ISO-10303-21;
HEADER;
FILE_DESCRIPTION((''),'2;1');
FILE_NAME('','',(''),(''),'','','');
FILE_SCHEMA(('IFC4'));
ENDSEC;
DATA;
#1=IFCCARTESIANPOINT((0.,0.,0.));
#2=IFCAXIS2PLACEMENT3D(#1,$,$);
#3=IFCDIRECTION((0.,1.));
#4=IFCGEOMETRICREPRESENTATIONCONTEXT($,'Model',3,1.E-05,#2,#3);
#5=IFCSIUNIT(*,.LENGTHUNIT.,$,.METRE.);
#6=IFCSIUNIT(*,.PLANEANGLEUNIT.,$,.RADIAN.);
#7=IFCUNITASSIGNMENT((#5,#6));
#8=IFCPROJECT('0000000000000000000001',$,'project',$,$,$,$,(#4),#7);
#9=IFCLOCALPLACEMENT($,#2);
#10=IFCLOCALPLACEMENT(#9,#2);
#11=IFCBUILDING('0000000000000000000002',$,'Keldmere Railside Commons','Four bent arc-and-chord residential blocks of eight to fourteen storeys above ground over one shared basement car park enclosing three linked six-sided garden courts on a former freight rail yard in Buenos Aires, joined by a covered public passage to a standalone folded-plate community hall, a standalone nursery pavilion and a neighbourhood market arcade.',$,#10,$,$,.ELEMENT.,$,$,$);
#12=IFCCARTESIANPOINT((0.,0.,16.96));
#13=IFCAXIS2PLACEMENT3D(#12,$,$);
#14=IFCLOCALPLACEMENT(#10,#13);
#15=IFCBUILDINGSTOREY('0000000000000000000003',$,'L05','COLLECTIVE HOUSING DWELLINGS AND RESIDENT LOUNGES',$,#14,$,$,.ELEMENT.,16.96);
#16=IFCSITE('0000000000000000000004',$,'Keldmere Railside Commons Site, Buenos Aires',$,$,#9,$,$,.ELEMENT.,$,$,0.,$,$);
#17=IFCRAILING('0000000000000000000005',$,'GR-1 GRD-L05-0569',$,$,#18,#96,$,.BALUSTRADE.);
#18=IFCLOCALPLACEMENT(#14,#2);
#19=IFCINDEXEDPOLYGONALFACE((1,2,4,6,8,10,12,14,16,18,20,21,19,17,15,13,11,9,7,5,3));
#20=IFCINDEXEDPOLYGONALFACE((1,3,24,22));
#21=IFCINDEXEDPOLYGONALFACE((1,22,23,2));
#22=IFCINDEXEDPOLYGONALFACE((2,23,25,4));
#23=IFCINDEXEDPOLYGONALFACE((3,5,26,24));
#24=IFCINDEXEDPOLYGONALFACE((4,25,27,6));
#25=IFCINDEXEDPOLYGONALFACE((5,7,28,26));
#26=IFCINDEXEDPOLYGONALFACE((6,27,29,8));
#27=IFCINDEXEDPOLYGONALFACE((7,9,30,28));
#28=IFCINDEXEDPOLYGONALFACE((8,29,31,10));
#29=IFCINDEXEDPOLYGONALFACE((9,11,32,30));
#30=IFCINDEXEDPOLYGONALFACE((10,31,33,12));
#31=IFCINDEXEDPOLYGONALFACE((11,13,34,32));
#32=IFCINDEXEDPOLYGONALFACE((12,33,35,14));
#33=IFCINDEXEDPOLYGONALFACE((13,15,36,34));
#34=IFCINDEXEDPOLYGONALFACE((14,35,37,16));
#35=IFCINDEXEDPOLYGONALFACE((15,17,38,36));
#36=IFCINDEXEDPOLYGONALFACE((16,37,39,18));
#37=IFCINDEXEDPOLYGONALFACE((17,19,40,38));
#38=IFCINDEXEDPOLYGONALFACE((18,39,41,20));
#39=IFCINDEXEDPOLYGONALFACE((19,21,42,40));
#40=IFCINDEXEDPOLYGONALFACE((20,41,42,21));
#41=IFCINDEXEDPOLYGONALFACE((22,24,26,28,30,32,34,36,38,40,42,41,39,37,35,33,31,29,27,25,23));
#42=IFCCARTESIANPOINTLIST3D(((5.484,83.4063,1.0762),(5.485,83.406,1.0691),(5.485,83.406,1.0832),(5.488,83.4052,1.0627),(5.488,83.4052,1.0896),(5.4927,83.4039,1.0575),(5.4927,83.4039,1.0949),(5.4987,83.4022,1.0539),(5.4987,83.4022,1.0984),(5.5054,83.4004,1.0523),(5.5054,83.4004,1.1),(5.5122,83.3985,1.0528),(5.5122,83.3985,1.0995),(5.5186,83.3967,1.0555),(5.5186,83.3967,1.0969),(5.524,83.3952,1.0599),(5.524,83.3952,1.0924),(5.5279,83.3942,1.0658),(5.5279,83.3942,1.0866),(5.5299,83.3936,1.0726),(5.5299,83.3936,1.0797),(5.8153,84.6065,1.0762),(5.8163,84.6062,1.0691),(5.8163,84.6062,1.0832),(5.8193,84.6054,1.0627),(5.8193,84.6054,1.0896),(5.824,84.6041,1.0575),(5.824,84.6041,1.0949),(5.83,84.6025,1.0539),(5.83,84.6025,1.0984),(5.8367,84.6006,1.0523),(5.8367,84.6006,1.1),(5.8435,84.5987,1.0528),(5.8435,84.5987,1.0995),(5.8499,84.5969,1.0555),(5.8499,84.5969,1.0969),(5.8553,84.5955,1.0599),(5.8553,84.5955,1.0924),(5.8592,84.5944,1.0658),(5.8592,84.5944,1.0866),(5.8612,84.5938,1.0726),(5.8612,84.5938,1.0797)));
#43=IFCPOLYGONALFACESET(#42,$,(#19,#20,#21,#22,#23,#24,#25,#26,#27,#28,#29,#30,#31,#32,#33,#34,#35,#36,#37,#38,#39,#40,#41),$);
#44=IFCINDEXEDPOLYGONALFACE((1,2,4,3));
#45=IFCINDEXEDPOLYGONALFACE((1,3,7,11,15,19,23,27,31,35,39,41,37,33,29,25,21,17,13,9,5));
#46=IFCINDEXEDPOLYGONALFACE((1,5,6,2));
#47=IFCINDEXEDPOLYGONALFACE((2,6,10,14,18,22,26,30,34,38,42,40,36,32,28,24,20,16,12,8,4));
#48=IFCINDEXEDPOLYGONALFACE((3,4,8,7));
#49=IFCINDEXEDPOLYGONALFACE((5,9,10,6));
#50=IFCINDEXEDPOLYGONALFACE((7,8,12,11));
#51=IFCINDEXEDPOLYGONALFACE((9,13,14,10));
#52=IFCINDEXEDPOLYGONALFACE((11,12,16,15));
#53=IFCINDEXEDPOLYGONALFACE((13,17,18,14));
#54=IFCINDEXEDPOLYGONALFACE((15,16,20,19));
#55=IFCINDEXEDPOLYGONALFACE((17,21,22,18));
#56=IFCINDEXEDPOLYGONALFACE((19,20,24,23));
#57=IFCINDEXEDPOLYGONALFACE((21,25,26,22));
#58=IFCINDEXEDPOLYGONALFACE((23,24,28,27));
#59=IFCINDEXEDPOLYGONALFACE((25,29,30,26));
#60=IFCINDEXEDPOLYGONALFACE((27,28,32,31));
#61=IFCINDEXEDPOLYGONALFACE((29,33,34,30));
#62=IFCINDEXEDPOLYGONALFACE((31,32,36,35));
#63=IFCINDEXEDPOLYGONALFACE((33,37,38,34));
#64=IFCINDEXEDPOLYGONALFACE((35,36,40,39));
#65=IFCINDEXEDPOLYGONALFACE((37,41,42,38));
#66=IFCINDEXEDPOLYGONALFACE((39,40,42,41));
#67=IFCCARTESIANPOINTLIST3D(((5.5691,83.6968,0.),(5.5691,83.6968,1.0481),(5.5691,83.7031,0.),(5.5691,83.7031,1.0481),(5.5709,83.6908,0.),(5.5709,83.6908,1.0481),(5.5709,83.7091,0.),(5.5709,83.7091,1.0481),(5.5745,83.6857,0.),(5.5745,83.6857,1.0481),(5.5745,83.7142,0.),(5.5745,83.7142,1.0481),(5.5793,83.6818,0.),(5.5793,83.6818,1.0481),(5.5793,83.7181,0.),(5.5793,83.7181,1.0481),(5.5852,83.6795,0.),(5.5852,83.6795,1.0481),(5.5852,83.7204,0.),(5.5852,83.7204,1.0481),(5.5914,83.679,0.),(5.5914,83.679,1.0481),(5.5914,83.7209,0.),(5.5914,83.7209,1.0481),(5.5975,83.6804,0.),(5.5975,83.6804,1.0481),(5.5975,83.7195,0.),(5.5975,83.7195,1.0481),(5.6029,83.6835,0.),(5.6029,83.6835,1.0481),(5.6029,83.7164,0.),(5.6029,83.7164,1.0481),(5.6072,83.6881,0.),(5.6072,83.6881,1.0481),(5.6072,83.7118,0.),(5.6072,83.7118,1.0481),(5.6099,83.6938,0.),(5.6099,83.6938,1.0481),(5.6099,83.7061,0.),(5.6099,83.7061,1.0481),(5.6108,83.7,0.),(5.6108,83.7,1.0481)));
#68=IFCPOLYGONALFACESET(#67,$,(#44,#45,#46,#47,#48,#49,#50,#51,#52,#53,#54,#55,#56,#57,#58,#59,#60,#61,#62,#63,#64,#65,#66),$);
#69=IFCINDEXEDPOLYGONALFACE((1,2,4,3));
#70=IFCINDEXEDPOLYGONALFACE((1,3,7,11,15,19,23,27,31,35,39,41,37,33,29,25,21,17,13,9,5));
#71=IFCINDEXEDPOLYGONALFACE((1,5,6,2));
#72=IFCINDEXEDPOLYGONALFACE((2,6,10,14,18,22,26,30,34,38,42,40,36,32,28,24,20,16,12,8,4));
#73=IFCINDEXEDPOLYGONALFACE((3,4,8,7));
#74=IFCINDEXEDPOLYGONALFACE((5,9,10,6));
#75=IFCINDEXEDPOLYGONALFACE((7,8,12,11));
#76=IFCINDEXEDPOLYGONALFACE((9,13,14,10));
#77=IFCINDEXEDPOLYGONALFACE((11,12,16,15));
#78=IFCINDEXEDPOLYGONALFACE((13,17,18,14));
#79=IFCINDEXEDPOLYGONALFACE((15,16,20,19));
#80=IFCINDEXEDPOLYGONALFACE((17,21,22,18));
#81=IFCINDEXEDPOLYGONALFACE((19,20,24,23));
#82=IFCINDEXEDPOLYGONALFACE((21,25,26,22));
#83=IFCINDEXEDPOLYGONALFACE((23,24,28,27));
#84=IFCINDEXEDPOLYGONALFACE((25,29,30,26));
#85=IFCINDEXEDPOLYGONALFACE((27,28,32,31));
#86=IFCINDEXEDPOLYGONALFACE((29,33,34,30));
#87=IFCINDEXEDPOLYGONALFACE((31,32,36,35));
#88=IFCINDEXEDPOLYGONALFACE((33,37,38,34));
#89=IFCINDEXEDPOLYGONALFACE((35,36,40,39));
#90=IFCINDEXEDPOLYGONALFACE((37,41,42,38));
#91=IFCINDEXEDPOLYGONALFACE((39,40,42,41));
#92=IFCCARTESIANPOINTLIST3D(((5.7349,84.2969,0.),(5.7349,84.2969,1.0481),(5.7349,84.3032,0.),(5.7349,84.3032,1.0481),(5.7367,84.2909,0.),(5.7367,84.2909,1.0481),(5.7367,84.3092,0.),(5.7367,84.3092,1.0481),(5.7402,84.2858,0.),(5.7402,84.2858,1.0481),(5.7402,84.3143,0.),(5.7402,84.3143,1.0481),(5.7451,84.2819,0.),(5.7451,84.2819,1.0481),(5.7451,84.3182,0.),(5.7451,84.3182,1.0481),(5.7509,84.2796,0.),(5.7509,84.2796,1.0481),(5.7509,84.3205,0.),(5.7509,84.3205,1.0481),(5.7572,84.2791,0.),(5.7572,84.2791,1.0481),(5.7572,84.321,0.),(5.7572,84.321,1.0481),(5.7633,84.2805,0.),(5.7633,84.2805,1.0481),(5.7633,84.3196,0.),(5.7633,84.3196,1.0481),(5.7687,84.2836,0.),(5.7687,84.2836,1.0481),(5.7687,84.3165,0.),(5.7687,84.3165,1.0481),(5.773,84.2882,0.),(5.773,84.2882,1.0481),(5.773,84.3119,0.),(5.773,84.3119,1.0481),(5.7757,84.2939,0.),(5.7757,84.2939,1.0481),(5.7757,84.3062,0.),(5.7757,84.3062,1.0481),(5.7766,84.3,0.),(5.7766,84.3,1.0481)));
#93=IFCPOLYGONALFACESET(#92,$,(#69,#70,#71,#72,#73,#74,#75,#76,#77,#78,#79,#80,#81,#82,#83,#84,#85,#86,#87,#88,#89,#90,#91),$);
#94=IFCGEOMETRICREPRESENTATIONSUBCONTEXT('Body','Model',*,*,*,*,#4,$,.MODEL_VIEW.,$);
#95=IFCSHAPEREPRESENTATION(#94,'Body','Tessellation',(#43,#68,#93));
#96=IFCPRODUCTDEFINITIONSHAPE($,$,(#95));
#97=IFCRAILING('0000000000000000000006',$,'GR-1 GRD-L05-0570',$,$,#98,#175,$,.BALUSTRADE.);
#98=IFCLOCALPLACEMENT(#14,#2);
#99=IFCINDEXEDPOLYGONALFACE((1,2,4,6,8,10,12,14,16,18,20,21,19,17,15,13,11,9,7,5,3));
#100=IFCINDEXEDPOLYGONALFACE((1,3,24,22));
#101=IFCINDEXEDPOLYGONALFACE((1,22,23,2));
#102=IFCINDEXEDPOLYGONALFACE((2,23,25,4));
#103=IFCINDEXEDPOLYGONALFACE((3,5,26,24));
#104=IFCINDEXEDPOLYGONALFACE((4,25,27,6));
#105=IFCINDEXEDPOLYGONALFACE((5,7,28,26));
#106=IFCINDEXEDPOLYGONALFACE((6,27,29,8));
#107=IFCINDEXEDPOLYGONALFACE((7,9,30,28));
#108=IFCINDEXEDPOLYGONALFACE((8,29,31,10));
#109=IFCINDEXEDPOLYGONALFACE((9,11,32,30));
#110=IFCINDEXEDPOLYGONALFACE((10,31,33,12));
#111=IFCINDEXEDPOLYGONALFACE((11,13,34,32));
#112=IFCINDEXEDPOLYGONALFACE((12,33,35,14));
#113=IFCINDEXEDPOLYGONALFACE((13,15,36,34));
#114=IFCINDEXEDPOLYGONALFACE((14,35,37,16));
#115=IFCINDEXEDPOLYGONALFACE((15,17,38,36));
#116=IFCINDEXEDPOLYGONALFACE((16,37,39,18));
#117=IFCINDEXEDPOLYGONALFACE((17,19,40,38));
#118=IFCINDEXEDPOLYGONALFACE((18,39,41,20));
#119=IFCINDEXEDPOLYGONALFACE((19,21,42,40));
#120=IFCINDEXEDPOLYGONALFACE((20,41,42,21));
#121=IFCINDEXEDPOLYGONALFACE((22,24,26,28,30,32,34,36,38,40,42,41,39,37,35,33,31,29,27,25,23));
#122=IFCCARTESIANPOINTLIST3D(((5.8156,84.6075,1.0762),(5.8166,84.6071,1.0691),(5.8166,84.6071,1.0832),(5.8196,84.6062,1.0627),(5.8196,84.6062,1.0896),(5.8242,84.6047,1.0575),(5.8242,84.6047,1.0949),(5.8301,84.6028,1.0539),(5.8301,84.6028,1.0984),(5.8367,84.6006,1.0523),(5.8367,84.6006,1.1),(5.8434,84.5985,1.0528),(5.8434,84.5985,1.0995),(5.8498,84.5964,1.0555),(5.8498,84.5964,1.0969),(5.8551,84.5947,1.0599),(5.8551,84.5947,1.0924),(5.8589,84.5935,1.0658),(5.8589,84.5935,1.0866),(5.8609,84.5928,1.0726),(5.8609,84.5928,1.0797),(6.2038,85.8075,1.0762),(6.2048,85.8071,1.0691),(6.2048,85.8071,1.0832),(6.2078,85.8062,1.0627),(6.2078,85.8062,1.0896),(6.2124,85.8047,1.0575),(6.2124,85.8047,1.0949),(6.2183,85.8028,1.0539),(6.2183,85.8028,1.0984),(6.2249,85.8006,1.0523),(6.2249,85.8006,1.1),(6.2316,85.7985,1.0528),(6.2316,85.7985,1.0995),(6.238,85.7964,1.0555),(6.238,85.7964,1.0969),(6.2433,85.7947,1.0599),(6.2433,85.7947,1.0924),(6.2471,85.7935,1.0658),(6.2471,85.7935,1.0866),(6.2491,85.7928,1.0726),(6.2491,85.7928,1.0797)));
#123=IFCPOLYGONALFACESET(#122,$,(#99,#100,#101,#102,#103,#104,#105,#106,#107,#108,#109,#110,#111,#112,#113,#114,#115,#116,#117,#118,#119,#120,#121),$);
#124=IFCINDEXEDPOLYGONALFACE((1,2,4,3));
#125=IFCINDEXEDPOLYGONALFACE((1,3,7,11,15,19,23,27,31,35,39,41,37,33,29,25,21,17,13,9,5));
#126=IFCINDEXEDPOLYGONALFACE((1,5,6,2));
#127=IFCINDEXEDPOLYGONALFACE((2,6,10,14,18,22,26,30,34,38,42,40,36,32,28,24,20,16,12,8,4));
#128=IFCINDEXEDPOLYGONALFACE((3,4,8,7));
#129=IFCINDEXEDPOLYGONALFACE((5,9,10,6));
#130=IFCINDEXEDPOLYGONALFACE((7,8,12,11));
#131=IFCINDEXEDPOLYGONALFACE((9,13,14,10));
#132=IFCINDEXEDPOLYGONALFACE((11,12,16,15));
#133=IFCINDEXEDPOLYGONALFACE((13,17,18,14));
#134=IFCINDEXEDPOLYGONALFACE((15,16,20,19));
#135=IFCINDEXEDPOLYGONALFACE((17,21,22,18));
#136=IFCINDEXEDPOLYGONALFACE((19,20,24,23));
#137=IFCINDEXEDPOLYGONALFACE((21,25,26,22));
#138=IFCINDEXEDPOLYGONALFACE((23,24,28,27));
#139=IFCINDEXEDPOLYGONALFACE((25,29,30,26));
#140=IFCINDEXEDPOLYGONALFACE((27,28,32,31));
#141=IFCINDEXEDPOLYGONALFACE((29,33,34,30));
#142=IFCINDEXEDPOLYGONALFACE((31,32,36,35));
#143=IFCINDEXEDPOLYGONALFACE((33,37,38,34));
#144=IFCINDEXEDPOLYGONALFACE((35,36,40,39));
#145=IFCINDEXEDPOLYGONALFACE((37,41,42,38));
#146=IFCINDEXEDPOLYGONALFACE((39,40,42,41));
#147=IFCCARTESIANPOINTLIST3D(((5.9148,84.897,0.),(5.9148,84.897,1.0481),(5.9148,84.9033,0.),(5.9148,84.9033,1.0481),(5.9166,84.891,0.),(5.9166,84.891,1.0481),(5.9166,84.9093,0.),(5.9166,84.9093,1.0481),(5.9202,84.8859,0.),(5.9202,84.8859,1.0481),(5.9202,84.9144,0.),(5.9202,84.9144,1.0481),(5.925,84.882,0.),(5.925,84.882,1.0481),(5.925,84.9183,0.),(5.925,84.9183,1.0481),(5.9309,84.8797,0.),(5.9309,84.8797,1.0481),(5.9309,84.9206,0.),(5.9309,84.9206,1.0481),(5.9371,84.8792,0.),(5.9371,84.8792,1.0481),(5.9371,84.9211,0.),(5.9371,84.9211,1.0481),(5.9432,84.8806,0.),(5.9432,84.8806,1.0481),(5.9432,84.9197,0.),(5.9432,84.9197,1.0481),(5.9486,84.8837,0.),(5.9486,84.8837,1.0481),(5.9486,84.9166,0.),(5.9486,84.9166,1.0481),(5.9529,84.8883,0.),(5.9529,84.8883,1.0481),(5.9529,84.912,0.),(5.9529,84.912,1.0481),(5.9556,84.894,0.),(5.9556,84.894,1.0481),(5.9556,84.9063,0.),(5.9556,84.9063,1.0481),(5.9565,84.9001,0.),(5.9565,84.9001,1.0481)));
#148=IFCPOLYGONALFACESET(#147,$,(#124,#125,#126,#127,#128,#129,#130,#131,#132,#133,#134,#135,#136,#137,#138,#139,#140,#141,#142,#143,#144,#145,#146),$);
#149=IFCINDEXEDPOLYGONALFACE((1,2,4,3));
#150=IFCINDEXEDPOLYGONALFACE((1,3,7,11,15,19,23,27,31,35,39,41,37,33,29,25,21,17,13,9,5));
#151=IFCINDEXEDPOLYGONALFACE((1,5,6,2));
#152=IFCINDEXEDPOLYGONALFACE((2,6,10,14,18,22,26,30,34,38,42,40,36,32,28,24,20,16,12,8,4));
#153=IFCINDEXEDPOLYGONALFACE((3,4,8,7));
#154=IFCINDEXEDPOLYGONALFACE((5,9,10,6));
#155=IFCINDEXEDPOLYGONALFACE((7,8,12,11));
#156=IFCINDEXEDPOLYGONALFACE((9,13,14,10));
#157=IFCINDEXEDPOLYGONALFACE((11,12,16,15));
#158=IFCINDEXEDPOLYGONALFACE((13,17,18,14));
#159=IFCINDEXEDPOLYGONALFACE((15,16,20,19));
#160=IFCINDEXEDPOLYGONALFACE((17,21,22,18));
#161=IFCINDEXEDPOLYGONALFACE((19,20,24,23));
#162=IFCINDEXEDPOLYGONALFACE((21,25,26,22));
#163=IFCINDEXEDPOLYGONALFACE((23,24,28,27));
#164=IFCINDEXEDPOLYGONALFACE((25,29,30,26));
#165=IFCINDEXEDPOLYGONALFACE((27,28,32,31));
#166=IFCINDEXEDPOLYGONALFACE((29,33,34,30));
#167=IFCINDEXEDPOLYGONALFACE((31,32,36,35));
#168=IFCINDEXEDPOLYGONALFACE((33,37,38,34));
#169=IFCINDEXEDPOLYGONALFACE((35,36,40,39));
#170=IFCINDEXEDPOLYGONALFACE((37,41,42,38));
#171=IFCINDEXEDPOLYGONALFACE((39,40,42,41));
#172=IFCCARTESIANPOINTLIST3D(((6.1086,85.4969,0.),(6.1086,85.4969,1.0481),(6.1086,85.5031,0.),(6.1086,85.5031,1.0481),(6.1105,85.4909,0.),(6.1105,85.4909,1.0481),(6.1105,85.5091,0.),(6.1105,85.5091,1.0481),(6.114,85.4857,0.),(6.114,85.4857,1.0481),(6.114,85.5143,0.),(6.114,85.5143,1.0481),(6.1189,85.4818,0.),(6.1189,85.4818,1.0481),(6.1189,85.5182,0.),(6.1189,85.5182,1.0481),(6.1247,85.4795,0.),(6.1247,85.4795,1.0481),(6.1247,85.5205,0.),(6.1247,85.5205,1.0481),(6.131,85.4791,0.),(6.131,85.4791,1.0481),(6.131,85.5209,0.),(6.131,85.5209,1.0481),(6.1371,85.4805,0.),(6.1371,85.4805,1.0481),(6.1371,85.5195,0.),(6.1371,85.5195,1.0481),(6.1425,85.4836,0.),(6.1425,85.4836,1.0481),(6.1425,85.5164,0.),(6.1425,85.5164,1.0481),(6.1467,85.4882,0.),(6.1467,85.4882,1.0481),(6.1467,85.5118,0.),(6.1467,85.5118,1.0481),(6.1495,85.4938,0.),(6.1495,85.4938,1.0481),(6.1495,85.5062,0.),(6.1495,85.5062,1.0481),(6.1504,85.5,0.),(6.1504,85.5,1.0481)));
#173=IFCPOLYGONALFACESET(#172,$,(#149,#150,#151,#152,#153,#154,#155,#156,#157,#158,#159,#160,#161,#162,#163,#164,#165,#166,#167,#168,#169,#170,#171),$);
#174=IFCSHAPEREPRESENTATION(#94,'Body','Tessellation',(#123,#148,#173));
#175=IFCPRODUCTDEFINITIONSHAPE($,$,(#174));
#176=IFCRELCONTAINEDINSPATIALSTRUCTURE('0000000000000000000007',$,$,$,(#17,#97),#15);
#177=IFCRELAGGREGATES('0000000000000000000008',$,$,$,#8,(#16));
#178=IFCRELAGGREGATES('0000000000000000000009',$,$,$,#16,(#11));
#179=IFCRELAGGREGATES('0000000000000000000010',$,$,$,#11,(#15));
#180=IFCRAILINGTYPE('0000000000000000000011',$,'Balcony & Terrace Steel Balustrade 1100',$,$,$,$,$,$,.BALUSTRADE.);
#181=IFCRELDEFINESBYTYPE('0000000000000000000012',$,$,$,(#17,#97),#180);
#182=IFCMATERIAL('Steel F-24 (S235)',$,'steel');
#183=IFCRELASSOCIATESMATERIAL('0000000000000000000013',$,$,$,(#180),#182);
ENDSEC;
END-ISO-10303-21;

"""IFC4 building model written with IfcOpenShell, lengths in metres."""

from ifc_helpers import new_model, si_unit, direction, frame, origin, origin_2d, place, context, subcontext, project, spatial, circle, extrude, material, type_object, element, save


model = new_model("IFC4")

# Units and contexts
model_context = context("Model", 3, precision=1e-05, world=origin(), true_north=direction((0.0, 1.0)))
body_context = subcontext(model_context, "Body", "Model", "MODEL_VIEW")
ifc_project = project(units=[si_unit("LENGTHUNIT", "METRE"), si_unit("PLANEANGLEUNIT", "RADIAN")], contexts=[model_context])

# Site, building, storey
site_placement = place(None, origin())
site = spatial("IfcSite", under=ifc_project, at=site_placement, Name="Keldmere Railside Commons Site, Buenos Aires", CompositionType="ELEMENT", RefElevation=0.0)
building_placement = place(site_placement, origin())
building = spatial("IfcBuilding", under=site, at=building_placement, Name="Keldmere Railside Commons", Description="Four bent arc-and-chord residential blocks of eight to fourteen storeys above ground over one shared basement car park enclosing three linked six-sided garden courts on a former freight rail yard in Buenos Aires, joined by a covered public passage to a standalone folded-plate community hall, a standalone nursery pavilion and a neighbourhood market arcade.", CompositionType="ELEMENT")
storey_placement = place(building_placement, frame((0.0, 0.0, 16.96)))
storey = spatial("IfcBuildingStorey", under=building, at=storey_placement, Name="L05", Description="COLLECTIVE HOUSING DWELLINGS AND RESIDENT LOUNGES", CompositionType="ELEMENT", Elevation=16.96)

# Railings
ifc_material_1 = material(Name="Steel F-24 (S235)", Category="steel")
railing_type = type_object("IfcRailingType", Name="Balcony & Terrace Steel Balustrade 1100", PredefinedType="BALUSTRADE", material=ifc_material_1)
railing_1_placement = place(storey_placement, frame((5.5071, 83.3999, 0.0)))
element("IfcRailing", 1, at=railing_1_placement, inside=storey, type_object=railing_type, Name="GR-1 GRD-L05-0569", PredefinedType="BALUSTRADE", context=body_context, shape_type="SweptSolid", body=[
    extrude(circle(Radius=0.0239, at=origin_2d()), frame((0.0, 0.0, 1.0762), z_axis=(0.266086, 0.963949, 0.0), x_axis=(-0.963949, 0.266086, 0.0)), (0.0, 0.0, 1.0), 1.2451),
    extrude(circle(Radius=0.021, at=origin_2d()), frame((0.0828, 0.3, 0.0)), (0.0, 0.0, 1.0), 1.0481),
    extrude(circle(Radius=0.021, at=origin_2d()), frame((0.2485, 0.9001, 0.0)), (0.0, 0.0, 1.0), 1.0481),
])
railing_2_placement = place(storey_placement, frame((5.8384, 84.6001, 0.0)))
element("IfcRailing", 2, at=railing_2_placement, inside=storey, type_object=railing_type, Name="GR-1 GRD-L05-0570", PredefinedType="BALUSTRADE", context=body_context, shape_type="SweptSolid", body=[
    extrude(circle(Radius=0.0239, at=origin_2d()), frame((0.0, 0.0, 1.0762), z_axis=(0.307795, 0.951453, 0.0), x_axis=(-0.951453, 0.307795, 0.0)), (0.0, 0.0, 1.0), 1.2612),
    extrude(circle(Radius=0.021, at=origin_2d()), frame((0.0972, 0.3, 0.0)), (0.0, 0.0, 1.0), 1.0481),
    extrude(circle(Radius=0.021, at=origin_2d()), frame((0.291, 0.8999, 0.0)), (0.0, 0.0, 1.0), 1.0481),
])

save(model, "model.ifc")
